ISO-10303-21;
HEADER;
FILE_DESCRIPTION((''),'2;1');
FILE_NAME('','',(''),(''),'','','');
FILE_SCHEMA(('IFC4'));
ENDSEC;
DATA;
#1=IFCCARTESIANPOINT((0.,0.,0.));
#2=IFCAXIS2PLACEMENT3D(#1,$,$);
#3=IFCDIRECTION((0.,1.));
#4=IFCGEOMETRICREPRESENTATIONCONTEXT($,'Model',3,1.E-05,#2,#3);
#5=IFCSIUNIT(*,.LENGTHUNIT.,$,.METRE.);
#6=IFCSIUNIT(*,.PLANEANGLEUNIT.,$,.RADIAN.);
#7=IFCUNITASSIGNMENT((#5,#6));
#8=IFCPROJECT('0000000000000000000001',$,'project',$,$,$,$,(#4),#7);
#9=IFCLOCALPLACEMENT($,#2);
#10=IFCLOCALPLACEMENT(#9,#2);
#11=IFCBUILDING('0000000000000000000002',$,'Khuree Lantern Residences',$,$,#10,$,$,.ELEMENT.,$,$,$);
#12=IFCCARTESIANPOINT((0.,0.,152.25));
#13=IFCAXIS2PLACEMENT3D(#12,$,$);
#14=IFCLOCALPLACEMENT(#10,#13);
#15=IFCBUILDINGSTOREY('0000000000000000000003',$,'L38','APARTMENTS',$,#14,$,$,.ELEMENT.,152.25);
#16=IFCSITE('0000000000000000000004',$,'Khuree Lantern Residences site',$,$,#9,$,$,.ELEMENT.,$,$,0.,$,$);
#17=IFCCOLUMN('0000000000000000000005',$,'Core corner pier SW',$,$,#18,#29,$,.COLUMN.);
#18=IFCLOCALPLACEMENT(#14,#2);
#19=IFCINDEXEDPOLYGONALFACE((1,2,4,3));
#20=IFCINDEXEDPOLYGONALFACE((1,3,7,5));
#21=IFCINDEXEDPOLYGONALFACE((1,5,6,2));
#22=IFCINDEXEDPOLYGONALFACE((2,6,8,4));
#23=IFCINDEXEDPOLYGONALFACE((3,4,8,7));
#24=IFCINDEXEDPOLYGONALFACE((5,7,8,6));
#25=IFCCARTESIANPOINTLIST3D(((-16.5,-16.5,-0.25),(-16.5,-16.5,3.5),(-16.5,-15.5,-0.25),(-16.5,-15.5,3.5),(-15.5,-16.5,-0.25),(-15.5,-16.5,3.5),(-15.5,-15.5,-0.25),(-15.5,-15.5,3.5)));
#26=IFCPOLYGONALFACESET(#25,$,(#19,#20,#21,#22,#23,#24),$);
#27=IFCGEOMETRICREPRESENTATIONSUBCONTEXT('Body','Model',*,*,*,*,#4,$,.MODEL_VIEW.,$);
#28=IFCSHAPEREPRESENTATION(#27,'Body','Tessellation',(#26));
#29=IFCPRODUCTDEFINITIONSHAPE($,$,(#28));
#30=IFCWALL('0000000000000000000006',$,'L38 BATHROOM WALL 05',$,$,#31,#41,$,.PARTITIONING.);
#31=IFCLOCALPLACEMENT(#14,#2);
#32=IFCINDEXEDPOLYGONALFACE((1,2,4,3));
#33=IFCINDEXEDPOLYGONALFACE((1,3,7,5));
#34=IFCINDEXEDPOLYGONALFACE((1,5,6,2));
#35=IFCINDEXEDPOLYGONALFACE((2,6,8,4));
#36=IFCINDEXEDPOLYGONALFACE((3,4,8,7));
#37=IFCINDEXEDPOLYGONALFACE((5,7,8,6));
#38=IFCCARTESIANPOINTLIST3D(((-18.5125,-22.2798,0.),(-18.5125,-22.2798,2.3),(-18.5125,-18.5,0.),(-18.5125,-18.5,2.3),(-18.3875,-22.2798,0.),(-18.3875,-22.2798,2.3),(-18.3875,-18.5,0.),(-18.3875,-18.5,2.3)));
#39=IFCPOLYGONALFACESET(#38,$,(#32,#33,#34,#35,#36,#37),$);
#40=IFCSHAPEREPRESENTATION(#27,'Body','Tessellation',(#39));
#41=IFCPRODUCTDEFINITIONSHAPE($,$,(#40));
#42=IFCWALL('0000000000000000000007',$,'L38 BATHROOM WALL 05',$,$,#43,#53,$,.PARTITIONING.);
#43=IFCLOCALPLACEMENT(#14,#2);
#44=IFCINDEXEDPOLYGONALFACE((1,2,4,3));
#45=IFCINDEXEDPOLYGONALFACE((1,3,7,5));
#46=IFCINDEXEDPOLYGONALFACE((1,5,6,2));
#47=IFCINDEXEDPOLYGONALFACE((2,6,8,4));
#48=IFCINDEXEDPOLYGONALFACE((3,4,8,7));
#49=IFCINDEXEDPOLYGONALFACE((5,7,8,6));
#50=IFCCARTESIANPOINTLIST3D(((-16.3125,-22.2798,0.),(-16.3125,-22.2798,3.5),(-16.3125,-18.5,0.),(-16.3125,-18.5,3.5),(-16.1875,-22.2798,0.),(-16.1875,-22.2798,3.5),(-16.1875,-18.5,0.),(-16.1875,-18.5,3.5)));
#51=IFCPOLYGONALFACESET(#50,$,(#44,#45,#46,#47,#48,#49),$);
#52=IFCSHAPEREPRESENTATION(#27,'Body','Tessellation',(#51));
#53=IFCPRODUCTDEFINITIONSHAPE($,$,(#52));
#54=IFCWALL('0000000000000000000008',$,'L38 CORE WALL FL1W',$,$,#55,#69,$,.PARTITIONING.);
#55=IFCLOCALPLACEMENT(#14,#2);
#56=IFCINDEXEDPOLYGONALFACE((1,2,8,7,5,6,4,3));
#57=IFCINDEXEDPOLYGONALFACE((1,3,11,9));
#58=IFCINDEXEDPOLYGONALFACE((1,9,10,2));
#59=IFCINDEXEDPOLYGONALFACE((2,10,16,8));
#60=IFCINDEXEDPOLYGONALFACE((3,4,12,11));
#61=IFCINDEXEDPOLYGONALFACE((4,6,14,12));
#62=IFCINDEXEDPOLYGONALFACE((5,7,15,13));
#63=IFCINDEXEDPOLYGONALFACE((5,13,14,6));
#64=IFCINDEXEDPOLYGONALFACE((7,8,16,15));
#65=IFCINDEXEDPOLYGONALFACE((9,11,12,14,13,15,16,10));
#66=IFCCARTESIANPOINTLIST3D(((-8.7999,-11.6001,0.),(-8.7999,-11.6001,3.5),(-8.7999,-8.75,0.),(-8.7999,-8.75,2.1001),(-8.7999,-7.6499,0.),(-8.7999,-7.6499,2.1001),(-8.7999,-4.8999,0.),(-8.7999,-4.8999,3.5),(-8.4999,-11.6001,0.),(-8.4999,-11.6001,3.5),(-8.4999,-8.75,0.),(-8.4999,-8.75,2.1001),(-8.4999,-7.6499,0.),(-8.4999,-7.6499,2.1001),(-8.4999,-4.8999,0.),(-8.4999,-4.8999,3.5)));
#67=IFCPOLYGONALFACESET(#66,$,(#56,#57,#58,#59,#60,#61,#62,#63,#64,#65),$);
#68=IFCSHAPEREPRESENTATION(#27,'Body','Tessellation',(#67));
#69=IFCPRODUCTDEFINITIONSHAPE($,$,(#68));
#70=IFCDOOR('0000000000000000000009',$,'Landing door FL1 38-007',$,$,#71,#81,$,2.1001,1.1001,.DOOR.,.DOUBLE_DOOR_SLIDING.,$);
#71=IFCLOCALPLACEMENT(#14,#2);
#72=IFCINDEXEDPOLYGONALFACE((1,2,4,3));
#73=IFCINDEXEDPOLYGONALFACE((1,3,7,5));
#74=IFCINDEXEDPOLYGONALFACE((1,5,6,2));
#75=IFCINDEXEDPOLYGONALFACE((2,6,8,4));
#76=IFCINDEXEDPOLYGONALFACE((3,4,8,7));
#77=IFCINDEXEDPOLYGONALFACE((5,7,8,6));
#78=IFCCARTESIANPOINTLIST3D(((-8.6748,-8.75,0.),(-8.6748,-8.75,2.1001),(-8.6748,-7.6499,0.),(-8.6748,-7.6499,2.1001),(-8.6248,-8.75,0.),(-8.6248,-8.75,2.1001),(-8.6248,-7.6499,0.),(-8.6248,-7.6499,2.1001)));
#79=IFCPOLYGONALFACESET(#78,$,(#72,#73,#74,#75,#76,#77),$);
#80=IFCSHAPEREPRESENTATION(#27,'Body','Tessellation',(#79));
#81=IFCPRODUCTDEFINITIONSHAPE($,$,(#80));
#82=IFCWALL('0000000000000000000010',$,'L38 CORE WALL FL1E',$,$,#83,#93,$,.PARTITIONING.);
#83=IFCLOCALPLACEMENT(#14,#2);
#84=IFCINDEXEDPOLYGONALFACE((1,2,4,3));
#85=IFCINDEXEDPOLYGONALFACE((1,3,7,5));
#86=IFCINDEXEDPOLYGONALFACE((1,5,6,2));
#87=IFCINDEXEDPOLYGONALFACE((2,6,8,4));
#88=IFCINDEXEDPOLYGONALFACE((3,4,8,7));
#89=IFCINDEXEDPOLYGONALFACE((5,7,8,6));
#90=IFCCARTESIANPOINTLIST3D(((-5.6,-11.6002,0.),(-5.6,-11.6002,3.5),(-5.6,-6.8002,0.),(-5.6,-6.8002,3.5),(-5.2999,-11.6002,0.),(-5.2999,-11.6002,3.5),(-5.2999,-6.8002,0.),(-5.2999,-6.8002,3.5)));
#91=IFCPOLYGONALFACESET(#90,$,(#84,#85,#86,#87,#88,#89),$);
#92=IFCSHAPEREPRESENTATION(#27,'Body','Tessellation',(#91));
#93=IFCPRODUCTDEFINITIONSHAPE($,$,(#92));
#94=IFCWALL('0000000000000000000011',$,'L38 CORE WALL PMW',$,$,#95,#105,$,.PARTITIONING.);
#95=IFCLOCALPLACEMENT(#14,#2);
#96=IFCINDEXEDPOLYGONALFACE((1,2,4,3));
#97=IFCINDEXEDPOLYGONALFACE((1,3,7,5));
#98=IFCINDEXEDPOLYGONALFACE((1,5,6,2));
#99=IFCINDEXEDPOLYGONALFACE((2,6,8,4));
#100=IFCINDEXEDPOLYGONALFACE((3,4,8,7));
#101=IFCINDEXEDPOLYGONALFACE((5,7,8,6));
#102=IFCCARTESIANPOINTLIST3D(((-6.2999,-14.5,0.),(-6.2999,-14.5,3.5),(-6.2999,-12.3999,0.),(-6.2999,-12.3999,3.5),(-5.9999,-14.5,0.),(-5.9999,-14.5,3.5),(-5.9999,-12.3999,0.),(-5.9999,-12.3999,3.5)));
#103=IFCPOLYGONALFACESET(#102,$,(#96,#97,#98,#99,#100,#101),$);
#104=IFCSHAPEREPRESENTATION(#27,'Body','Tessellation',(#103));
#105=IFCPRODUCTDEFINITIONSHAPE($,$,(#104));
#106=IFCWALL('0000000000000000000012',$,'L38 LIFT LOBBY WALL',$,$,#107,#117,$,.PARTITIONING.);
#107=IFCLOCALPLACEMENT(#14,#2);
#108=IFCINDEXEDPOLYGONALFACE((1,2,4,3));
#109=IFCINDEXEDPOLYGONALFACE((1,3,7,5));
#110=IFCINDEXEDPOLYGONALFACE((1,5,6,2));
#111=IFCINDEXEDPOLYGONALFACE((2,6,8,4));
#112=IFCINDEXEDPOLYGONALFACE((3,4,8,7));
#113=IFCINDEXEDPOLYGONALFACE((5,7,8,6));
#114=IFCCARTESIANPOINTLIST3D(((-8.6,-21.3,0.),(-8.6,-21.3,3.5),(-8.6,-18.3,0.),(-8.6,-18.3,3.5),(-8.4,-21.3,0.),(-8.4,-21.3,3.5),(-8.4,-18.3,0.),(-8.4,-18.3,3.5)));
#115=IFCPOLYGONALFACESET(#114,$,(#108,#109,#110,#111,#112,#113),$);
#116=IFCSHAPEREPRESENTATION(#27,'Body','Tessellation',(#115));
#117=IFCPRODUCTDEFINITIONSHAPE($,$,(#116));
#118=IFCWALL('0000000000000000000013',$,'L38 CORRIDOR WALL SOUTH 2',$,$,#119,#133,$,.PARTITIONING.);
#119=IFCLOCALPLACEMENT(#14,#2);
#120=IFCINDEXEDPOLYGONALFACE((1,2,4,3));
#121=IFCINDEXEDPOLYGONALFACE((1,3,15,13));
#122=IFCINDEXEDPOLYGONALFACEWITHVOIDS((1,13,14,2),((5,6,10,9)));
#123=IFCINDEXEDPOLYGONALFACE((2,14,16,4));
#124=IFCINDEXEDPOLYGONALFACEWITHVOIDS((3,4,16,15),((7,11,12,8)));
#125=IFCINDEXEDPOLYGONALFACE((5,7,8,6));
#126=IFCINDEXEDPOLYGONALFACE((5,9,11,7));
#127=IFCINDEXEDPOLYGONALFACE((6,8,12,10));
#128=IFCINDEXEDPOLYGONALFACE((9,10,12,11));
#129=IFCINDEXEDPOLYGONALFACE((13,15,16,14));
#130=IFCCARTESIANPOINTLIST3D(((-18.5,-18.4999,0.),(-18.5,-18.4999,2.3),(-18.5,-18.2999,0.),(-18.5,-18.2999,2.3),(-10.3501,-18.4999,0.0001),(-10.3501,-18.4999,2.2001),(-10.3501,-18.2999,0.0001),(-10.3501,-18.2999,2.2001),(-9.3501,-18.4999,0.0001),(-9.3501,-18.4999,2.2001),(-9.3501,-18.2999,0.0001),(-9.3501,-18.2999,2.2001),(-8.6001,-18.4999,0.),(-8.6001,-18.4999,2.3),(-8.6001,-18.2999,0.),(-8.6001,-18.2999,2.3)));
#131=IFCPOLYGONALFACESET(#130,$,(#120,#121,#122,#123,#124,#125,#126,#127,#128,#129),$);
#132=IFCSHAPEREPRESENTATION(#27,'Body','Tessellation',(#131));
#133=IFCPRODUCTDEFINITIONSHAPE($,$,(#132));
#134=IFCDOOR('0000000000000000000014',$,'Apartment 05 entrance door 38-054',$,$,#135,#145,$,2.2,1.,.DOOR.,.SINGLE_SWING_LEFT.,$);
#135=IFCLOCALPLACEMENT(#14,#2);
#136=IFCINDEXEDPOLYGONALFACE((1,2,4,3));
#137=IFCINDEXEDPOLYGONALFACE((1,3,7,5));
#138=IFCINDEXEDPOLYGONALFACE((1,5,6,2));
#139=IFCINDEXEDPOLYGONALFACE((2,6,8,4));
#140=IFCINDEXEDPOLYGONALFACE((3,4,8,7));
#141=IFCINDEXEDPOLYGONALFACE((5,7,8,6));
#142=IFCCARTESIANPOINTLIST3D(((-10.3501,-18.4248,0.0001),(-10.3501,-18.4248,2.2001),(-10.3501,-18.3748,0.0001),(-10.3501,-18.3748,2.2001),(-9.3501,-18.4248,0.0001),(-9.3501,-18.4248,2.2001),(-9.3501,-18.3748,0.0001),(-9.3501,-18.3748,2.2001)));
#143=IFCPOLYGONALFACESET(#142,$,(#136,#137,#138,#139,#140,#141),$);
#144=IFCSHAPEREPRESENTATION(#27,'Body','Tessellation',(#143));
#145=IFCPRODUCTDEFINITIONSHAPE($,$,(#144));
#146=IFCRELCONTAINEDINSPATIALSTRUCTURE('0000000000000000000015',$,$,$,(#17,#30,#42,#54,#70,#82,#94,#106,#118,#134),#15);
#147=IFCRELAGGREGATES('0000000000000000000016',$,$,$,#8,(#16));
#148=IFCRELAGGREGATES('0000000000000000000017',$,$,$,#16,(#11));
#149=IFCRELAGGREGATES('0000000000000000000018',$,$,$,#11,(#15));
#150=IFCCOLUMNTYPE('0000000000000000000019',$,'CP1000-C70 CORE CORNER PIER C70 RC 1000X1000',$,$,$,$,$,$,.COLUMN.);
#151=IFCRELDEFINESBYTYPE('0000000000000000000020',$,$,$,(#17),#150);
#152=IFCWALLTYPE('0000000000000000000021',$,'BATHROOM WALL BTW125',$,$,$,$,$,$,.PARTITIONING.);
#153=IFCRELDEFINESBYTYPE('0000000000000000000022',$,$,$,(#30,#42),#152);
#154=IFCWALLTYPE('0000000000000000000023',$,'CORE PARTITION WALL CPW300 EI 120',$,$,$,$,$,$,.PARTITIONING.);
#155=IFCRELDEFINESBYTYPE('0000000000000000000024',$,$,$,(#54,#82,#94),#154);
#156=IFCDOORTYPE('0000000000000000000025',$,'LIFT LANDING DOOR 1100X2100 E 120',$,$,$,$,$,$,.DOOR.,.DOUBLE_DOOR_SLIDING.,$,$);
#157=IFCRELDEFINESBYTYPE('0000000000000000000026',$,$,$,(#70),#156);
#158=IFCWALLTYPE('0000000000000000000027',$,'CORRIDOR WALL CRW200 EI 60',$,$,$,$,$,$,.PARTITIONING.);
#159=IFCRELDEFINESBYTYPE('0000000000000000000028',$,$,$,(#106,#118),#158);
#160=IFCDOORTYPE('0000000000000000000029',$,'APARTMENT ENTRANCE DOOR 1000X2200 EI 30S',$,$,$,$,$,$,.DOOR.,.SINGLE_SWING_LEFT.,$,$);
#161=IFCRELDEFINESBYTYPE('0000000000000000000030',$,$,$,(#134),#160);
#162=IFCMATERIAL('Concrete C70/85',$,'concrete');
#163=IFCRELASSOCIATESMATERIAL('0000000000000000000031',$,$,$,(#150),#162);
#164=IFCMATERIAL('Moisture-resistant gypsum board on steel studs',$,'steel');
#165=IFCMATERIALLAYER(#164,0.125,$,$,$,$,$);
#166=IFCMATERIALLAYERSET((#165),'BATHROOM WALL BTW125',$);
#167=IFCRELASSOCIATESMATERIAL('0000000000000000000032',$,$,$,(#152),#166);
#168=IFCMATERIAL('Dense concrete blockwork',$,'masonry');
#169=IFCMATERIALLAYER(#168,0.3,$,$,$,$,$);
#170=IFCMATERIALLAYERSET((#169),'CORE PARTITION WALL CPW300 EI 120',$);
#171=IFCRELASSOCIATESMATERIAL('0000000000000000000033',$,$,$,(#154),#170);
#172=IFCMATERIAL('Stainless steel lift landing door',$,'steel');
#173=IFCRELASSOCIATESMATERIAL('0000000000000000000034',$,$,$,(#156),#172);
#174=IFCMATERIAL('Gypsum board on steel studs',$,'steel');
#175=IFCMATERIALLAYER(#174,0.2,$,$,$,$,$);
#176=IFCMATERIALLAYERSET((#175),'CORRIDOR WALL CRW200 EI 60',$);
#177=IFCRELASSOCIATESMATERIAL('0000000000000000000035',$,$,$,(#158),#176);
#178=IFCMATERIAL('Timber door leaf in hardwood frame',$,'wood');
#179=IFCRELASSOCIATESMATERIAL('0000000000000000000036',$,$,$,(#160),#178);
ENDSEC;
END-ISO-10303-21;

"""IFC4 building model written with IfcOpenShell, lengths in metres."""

from ifc_helpers import new_model, si_unit, direction, frame, frame_2d, origin, origin_2d, place, context, subcontext, project, spatial, rectangle, extrude, material, layer, layer_set, material_profile, profile_set, type_object, element, fill, save


model = new_model("IFC4")

# Units and contexts
model_context = context("Model", 3, precision=1e-05, world=origin(), true_north=direction((0.0, 1.0)))
body_context = subcontext(model_context, "Body", "Model", "MODEL_VIEW")
ifc_project = project(units=[si_unit("LENGTHUNIT", "METRE"), si_unit("PLANEANGLEUNIT", "RADIAN")], contexts=[model_context])

# Site, building, storey
site_placement = place(None, origin())
site = spatial("IfcSite", under=ifc_project, at=site_placement, Name="Khuree Lantern Residences site", CompositionType="ELEMENT", RefElevation=0.0)
building_placement = place(site_placement, origin())
building = spatial("IfcBuilding", under=site, at=building_placement, Name="Khuree Lantern Residences", CompositionType="ELEMENT")
storey_placement = place(building_placement, frame((0.0, 0.0, 152.25)))
storey = spatial("IfcBuildingStorey", under=building, at=storey_placement, Name="L38", Description="APARTMENTS", CompositionType="ELEMENT", Elevation=152.25)

# Column
ifc_material_1 = material(Name="Concrete C70/85", Category="concrete")
ifc_material_profile = material_profile(ifc_material_1, rectangle(XDim=1.0, YDim=1.0, at=origin_2d()), Name="RC 1000X1000")
ifc_profile_set = profile_set([ifc_material_profile], Name="Concrete C70/85")
column_type = type_object("IfcColumnType", Name="CP1000-C70 CORE CORNER PIER C70 RC 1000X1000", PredefinedType="COLUMN", material=ifc_profile_set)
column_placement = place(storey_placement, frame((-16.0, -16.0, -0.25), z_axis=(0.0, 0.0, 1.0), x_axis=(1.0, 0.0, 0.0)))
element("IfcColumn", 1, at=column_placement, inside=storey, type_object=column_type, Name="Core corner pier SW", PredefinedType="COLUMN", context=body_context, shape_type="SweptSolid", body=[
    extrude(rectangle(XDim=1.0, YDim=1.0, at=origin_2d()), origin(), (0.0, 0.0, 1.0), 3.75),
])

# Walls
ifc_material_2 = material(Name="Moisture-resistant gypsum board on steel studs", Category="steel")
ifc_layer_1 = layer(ifc_material_2, 0.125)
ifc_layer_set_1 = layer_set([ifc_layer_1], Name="BATHROOM WALL BTW125")
wall_type_1 = type_object("IfcWallType", Name="BATHROOM WALL BTW125", PredefinedType="PARTITIONING", material=ifc_layer_set_1)
wall_1_placement = place(storey_placement, frame((-18.45, -18.5, 0.0), z_axis=(0.0, 0.0, 1.0), x_axis=(0.0, -1.0, 0.0)))
element("IfcWall", 2, at=wall_1_placement, inside=storey, type_object=wall_type_1, Name="L38 BATHROOM WALL 05", PredefinedType="PARTITIONING", context=body_context, shape_type="SweptSolid", body=[
    extrude(rectangle(XDim=3.7798, YDim=0.125, at=frame_2d((1.8899, 0.0))), origin(), (0.0, 0.0, 1.0), 2.3),
])
wall_2_placement = place(storey_placement, frame((-16.25, -18.5, 0.0), z_axis=(0.0, 0.0, 1.0), x_axis=(0.0, -1.0, 0.0)))
element("IfcWall", 3, at=wall_2_placement, inside=storey, type_object=wall_type_1, Name="L38 BATHROOM WALL 05", PredefinedType="PARTITIONING", context=body_context, shape_type="SweptSolid", body=[
    extrude(rectangle(XDim=3.7798, YDim=0.125, at=frame_2d((1.8899, 0.0))), origin(), (0.0, 0.0, 1.0), 3.5),
])

# Wall, opening, door
ifc_material_3 = material(Name="Dense concrete blockwork", Category="masonry")
ifc_layer_2 = layer(ifc_material_3, 0.3)
ifc_layer_set_2 = layer_set([ifc_layer_2], Name="CORE PARTITION WALL CPW300 EI 120")
wall_type_2 = type_object("IfcWallType", Name="CORE PARTITION WALL CPW300 EI 120", PredefinedType="PARTITIONING", material=ifc_layer_set_2)
wall_3_placement = place(storey_placement, frame((-8.6499, -11.6001, 0.0), z_axis=(0.0, 0.0, 1.0), x_axis=(0.0, 1.0, 0.0)))
wall_3 = element("IfcWall", 4, at=wall_3_placement, inside=storey, type_object=wall_type_2, Name="L38 CORE WALL FL1W", PredefinedType="PARTITIONING", context=body_context, shape_type="SweptSolid", body=[
    extrude(rectangle(XDim=6.7002, YDim=0.3, at=frame_2d((3.3501, 0.0))), origin(), (0.0, 0.0, 1.0), 3.5),
])
opening_1_placement = place(wall_3_placement, frame((2.8501, 0.0, 0.0)))
opening_1 = element("IfcOpeningElement", 5, at=opening_1_placement, cuts=wall_3, PredefinedType="OPENING", context=body_context, shape_type="SweptSolid", body=[
    extrude(rectangle(XDim=1.1001, YDim=2.1001, at=frame_2d((0.55, 1.05))), frame((0.0, 0.1602, 0.0), z_axis=(0.0, -1.0, 0.0), x_axis=(1.0, 0.0, 0.0)), (0.0, 0.0, 1.0), 0.3201),
])
ifc_material_4 = material(Name="Stainless steel lift landing door", Category="steel")
door_type_1 = type_object("IfcDoorType", Name="LIFT LANDING DOOR 1100X2100 E 120", OperationType="DOUBLE_DOOR_SLIDING", PredefinedType="DOOR", material=ifc_material_4)
door_1_placement = place(opening_1_placement, origin())
door_1 = element("IfcDoor", 6, at=door_1_placement, inside=storey, type_object=door_type_1, Name="Landing door FL1 38-007", OperationType="DOUBLE_DOOR_SLIDING", OverallHeight=2.1001, OverallWidth=1.1001, PredefinedType="DOOR", context=body_context, shape_type="SweptSolid", body=[
    extrude(rectangle(XDim=1.1001, YDim=2.1001, at=frame_2d((0.55, 1.05))), frame((0.0, 0.0249, 0.0), z_axis=(0.0, -1.0, 0.0), x_axis=(1.0, 0.0, 0.0)), (0.0, 0.0, 1.0), 0.05),
])
fill(opening_1, door_1)

# Walls
wall_4_placement = place(storey_placement, frame((-5.45, -11.6001, 0.0), z_axis=(0.0, 0.0, 1.0), x_axis=(0.0, 1.0, 0.0)))
element("IfcWall", 7, at=wall_4_placement, inside=storey, type_object=wall_type_2, Name="L38 CORE WALL FL1E", PredefinedType="PARTITIONING", context=body_context, shape_type="SweptSolid", body=[
    extrude(rectangle(XDim=4.8, YDim=0.3, at=frame_2d((2.3999, 0.0))), origin(), (0.0, 0.0, 1.0), 3.5),
])
wall_5_placement = place(storey_placement, frame((-6.1499, -14.5, 0.0), z_axis=(0.0, 0.0, 1.0), x_axis=(0.0, 1.0, 0.0)))
element("IfcWall", 8, at=wall_5_placement, inside=storey, type_object=wall_type_2, Name="L38 CORE WALL PMW", PredefinedType="PARTITIONING", context=body_context, shape_type="SweptSolid", body=[
    extrude(rectangle(XDim=2.1001, YDim=0.3, at=frame_2d((1.05, 0.0))), origin(), (0.0, 0.0, 1.0), 3.5),
])
ifc_material_5 = material(Name="Gypsum board on steel studs", Category="steel")
ifc_layer_3 = layer(ifc_material_5, 0.2)
ifc_layer_set_3 = layer_set([ifc_layer_3], Name="CORRIDOR WALL CRW200 EI 60")
wall_type_3 = type_object("IfcWallType", Name="CORRIDOR WALL CRW200 EI 60", PredefinedType="PARTITIONING", material=ifc_layer_set_3)
wall_6_placement = place(storey_placement, frame((-8.5, -18.3, 0.0), z_axis=(0.0, 0.0, 1.0), x_axis=(0.0, -1.0, 0.0)))
element("IfcWall", 9, at=wall_6_placement, inside=storey, type_object=wall_type_3, Name="L38 LIFT LOBBY WALL", PredefinedType="PARTITIONING", context=body_context, shape_type="SweptSolid", body=[
    extrude(rectangle(XDim=3.0, YDim=0.2, at=frame_2d((1.5, 0.0))), origin(), (0.0, 0.0, 1.0), 3.5),
])

# Wall, opening, door
wall_7_placement = place(storey_placement, frame((-8.6001, -18.3999, 0.0), z_axis=(0.0, 0.0, 1.0), x_axis=(-1.0, 0.0, 0.0)))
wall_7 = element("IfcWall", 10, at=wall_7_placement, inside=storey, type_object=wall_type_3, Name="L38 CORRIDOR WALL SOUTH 2", PredefinedType="PARTITIONING", context=body_context, shape_type="SweptSolid", body=[
    extrude(rectangle(XDim=9.8999, YDim=0.2, at=frame_2d((4.95, 0.0))), origin(), (0.0, 0.0, 1.0), 2.3),
])
opening_2_placement = place(wall_7_placement, frame((0.75, 0.0, 0.0)))
opening_2 = element("IfcOpeningElement", 11, at=opening_2_placement, cuts=wall_7, PredefinedType="OPENING", context=body_context, shape_type="SweptSolid", body=[
    extrude(rectangle(XDim=1.0, YDim=2.2, at=frame_2d((0.5, 1.1001))), frame((0.0, 0.1099, 0.0), z_axis=(0.0, -1.0, 0.0), x_axis=(1.0, 0.0, 0.0)), (0.0, 0.0, 1.0), 0.22),
])
ifc_material_6 = material(Name="Timber door leaf in hardwood frame", Category="wood")
door_type_2 = type_object("IfcDoorType", Name="APARTMENT ENTRANCE DOOR 1000X2200 EI 30S", OperationType="SINGLE_SWING_LEFT", PredefinedType="DOOR", material=ifc_material_6)
door_2_placement = place(opening_2_placement, origin())
door_2 = element("IfcDoor", 12, at=door_2_placement, inside=storey, type_object=door_type_2, Name="Apartment 05 entrance door 38-054", OperationType="SINGLE_SWING_LEFT", OverallHeight=2.2, OverallWidth=1.0, PredefinedType="DOOR", context=body_context, shape_type="SweptSolid", body=[
    extrude(rectangle(XDim=1.0, YDim=2.2, at=frame_2d((0.5, 1.1001))), frame((0.0, 0.0249, 0.0), z_axis=(0.0, -1.0, 0.0), x_axis=(1.0, 0.0, 0.0)), (0.0, 0.0, 1.0), 0.05),
])
fill(opening_2, door_2)

save(model, "model.ifc")
